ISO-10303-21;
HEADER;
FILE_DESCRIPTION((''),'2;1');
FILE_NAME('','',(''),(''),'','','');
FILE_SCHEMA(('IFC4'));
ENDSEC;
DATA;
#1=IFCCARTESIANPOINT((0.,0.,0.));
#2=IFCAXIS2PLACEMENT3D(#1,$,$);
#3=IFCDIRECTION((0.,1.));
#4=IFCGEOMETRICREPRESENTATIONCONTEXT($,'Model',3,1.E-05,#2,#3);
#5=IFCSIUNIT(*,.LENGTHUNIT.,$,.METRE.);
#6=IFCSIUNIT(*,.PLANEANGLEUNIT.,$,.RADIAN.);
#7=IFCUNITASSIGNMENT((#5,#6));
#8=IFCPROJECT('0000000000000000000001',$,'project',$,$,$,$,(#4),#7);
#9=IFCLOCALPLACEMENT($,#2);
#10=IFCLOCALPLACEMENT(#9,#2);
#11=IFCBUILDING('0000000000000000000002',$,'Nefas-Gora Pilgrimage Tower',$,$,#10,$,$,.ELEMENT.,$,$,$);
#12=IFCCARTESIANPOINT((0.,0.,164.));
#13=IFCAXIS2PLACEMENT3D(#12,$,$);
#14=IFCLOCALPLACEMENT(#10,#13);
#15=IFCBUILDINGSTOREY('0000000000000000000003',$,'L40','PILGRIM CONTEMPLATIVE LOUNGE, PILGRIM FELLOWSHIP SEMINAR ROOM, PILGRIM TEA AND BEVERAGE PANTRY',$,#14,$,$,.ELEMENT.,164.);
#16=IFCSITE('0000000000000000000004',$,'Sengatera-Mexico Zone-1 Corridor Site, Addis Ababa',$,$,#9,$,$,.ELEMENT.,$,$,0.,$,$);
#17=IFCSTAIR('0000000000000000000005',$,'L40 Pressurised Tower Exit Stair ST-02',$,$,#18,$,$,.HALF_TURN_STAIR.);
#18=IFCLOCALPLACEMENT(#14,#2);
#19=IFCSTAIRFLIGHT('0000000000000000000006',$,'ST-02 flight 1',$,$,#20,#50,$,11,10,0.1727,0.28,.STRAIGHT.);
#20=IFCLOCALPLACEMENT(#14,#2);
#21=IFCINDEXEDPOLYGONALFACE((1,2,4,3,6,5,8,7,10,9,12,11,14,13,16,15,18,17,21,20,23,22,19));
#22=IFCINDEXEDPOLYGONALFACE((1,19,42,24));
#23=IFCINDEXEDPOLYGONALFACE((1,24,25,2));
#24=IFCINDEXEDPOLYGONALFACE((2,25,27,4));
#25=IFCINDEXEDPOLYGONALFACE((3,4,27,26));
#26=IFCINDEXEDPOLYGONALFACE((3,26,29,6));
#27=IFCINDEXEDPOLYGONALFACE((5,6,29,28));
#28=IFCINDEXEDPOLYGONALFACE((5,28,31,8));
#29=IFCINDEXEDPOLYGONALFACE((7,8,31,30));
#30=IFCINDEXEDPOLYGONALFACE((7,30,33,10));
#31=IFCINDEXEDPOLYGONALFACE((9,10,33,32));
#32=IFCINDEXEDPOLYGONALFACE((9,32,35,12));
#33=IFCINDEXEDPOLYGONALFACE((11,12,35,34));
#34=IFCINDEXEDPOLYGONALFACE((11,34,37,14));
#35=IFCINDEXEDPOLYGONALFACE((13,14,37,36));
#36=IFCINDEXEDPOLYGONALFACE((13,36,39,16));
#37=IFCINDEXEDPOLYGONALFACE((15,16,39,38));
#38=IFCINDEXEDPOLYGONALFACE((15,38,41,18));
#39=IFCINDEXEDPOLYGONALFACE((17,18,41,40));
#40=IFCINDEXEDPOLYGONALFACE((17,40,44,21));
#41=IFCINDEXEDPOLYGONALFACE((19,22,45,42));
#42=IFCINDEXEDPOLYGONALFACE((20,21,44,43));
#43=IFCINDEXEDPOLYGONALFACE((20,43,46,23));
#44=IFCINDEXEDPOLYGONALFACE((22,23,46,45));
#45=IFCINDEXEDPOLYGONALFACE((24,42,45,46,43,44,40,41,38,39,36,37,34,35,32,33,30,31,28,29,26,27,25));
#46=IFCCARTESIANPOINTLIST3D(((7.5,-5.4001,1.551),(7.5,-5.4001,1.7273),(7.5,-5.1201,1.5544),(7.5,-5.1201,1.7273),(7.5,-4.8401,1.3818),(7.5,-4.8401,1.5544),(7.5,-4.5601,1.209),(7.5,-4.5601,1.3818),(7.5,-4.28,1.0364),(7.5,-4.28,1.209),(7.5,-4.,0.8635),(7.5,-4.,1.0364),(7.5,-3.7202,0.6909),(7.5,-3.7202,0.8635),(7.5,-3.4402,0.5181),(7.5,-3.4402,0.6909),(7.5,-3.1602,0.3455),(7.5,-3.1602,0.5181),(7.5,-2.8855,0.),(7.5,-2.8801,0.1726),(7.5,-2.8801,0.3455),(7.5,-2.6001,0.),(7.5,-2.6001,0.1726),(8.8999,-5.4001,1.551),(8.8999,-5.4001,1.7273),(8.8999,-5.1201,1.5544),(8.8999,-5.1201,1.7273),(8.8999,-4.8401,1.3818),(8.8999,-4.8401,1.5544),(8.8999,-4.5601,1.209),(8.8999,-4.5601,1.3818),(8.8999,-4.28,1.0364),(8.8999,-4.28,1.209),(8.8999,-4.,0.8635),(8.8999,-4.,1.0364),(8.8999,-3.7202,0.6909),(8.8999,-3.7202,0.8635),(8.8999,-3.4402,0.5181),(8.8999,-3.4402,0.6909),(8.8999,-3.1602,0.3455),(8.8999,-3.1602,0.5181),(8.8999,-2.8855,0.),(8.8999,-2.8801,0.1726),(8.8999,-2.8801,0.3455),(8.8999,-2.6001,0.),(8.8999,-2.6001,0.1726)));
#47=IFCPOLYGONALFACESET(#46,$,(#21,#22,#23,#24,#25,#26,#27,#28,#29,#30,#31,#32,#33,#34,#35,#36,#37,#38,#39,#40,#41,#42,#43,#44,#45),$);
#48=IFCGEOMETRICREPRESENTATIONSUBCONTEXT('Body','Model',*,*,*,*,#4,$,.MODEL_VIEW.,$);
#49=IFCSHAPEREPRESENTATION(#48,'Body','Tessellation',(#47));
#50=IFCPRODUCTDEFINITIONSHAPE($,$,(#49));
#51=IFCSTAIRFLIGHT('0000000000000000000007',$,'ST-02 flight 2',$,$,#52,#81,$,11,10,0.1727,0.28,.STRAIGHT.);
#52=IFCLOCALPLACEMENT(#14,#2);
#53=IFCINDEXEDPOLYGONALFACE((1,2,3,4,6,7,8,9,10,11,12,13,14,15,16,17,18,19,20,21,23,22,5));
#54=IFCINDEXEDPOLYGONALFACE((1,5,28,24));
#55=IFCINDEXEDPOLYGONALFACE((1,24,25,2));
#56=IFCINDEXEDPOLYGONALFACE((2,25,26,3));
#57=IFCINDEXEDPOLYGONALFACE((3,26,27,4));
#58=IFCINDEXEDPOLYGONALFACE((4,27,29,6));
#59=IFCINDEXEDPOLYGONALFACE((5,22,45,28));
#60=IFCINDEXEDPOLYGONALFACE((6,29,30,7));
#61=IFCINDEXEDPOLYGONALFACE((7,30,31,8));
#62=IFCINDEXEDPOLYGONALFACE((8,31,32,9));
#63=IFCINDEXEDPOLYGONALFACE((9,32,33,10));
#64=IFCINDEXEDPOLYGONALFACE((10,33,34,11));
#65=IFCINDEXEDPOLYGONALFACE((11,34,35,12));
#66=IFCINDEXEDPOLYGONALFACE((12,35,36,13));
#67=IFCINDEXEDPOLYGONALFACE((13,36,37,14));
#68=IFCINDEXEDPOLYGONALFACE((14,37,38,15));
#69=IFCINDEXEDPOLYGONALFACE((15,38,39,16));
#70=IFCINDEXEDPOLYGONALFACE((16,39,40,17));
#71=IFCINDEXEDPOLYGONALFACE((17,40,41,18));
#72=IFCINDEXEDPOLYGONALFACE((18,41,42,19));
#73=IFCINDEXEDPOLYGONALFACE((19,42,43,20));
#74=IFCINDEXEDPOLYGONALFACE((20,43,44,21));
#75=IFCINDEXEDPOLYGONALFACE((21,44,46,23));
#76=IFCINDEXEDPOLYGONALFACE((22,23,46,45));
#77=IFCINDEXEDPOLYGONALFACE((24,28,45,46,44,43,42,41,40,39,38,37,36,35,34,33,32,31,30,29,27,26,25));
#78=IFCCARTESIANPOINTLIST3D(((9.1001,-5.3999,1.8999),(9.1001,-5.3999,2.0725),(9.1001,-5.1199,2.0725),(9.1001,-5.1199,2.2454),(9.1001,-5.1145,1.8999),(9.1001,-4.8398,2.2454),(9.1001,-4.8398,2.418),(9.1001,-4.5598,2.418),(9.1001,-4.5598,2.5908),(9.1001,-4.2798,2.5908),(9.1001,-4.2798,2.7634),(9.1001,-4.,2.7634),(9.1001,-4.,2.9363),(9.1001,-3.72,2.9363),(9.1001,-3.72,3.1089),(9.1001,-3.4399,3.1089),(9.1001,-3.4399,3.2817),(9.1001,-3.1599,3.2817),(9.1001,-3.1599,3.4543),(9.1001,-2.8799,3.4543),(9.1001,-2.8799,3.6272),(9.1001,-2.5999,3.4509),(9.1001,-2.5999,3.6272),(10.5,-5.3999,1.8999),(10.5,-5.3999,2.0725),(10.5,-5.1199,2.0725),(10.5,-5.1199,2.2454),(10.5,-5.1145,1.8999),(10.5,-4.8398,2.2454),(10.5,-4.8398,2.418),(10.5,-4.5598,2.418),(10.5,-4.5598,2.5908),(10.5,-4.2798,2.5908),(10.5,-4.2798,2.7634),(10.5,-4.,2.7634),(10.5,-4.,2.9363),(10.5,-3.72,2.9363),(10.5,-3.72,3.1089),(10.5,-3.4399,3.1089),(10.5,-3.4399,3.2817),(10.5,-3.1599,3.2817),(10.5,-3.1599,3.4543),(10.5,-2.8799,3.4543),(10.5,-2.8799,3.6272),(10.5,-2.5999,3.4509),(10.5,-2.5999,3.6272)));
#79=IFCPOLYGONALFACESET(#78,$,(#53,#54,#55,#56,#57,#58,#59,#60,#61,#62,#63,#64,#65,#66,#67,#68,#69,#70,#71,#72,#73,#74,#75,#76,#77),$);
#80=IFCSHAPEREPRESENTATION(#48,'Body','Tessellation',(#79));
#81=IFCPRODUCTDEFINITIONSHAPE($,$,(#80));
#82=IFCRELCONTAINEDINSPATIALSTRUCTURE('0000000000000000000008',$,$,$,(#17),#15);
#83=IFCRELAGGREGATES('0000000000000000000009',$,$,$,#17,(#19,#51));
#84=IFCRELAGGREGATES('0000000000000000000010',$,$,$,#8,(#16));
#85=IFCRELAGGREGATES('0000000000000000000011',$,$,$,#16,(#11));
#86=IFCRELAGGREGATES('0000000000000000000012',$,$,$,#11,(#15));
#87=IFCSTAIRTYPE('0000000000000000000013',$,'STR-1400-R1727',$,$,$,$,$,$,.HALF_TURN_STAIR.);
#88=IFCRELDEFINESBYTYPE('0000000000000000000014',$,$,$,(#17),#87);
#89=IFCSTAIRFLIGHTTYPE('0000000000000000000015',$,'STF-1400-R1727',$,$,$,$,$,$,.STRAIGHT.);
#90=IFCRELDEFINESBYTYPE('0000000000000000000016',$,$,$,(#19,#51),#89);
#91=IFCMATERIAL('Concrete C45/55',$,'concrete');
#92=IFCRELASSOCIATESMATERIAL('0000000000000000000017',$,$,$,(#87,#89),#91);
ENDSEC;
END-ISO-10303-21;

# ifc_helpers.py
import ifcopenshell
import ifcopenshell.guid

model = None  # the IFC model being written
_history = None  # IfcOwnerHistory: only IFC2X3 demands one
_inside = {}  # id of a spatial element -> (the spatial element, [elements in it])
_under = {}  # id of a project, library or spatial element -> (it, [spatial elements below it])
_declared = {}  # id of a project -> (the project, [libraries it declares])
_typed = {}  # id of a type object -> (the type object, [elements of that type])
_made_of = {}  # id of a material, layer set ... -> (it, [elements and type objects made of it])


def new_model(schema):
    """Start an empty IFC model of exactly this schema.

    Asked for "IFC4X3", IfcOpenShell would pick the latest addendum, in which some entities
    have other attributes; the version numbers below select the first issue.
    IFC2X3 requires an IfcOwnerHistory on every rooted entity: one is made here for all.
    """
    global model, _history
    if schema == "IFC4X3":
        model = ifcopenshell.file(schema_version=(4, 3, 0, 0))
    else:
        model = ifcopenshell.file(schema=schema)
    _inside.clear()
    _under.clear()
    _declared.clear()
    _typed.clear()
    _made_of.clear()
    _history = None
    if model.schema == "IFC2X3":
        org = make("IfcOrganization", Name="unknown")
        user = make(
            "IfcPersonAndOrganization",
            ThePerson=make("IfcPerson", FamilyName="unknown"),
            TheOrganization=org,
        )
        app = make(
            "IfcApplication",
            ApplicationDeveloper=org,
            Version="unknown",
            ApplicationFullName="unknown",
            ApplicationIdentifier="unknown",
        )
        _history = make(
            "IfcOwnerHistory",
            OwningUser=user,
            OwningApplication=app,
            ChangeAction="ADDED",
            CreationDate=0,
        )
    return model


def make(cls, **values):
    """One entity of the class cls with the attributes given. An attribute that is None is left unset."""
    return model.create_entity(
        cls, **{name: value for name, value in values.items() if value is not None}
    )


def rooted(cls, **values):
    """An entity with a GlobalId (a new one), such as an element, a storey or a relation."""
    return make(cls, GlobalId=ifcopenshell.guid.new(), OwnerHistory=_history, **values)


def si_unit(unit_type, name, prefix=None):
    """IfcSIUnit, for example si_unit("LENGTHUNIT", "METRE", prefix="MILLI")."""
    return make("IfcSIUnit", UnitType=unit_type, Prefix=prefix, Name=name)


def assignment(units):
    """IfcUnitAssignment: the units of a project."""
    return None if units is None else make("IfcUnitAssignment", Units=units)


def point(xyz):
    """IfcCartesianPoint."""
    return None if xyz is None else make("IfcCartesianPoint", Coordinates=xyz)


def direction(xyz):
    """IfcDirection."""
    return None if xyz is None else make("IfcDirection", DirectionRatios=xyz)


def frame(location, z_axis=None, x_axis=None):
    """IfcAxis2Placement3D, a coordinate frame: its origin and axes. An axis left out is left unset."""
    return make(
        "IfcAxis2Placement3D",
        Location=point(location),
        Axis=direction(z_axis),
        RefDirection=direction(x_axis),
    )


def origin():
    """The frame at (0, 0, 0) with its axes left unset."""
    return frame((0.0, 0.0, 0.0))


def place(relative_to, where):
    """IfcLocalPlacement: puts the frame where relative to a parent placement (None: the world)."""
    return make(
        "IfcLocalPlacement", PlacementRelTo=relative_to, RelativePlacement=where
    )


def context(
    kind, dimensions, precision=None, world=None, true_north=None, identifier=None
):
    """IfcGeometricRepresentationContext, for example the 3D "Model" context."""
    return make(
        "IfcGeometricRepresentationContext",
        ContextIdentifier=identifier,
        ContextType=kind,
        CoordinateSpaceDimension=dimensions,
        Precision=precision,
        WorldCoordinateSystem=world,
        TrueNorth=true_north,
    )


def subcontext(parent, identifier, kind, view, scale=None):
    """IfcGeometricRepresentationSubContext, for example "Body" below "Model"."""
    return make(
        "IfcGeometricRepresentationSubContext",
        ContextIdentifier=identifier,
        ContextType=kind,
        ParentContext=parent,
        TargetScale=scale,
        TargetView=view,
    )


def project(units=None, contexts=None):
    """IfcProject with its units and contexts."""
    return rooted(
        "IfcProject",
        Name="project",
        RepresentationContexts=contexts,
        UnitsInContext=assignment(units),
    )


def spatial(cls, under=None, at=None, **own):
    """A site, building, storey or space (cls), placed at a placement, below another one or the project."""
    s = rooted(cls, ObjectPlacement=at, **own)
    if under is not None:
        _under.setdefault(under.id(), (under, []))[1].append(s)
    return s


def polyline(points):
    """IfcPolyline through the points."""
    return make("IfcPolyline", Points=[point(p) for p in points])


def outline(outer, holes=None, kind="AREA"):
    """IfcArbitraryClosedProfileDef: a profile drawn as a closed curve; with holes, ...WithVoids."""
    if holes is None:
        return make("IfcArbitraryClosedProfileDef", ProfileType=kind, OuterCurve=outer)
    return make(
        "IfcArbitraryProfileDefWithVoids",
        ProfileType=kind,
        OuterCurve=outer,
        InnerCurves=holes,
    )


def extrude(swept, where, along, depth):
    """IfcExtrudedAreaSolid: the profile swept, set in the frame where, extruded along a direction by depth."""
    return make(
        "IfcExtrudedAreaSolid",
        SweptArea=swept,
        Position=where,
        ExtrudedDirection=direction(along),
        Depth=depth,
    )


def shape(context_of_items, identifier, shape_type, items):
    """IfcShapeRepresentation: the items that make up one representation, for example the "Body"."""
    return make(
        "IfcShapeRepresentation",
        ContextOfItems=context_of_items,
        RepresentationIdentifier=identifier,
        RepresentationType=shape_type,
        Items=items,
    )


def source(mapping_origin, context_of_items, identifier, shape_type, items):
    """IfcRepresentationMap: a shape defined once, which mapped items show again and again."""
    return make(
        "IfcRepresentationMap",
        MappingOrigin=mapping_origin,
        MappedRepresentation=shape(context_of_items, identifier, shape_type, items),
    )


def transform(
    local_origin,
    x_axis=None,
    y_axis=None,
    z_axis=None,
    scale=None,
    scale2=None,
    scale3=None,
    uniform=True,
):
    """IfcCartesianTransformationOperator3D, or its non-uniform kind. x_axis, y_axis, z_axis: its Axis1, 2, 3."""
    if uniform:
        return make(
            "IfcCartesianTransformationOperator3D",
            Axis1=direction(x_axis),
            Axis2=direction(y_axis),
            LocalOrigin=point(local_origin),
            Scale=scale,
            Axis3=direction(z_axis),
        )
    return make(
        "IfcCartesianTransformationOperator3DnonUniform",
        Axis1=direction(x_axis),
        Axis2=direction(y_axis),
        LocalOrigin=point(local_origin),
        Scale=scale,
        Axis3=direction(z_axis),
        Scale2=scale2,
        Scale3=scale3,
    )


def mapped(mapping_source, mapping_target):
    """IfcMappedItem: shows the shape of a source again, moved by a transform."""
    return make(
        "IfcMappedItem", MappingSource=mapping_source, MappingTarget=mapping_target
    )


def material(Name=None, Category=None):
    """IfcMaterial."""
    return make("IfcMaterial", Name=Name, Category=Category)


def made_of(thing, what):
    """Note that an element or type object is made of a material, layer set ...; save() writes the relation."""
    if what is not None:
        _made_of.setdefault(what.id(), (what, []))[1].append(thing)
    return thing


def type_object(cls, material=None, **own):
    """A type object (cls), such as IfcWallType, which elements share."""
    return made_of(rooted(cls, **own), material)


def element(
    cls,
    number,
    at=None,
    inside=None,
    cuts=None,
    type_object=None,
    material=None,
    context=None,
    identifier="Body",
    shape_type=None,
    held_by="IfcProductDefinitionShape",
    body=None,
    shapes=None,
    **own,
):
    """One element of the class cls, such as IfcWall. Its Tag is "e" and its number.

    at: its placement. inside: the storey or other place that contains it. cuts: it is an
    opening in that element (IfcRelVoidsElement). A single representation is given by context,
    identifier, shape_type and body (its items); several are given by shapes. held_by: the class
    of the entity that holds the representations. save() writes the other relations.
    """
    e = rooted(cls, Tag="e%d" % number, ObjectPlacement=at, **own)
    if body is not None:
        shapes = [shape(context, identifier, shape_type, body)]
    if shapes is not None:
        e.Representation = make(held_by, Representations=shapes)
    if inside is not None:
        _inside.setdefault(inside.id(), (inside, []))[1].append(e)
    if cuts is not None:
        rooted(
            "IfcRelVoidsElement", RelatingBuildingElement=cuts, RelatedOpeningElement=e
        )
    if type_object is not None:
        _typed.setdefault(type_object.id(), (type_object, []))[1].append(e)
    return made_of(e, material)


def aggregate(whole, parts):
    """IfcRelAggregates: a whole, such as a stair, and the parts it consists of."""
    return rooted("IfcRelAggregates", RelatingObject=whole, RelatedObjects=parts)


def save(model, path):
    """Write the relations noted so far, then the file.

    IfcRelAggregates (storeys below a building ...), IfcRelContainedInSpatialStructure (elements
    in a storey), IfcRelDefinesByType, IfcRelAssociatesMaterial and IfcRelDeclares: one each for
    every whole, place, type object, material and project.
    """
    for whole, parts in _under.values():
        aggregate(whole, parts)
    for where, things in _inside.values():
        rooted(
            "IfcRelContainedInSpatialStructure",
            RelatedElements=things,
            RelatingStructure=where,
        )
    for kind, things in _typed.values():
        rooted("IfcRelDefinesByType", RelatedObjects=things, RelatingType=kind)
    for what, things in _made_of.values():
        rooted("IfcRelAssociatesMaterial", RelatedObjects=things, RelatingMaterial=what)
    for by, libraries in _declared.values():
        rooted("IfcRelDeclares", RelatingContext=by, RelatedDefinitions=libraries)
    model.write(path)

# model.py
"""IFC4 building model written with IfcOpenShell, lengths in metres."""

from ifc_helpers import new_model, si_unit, direction, frame, origin, place, context, subcontext, project, spatial, polyline, outline, extrude, source, transform, mapped, material, type_object, element, aggregate, save


model = new_model("IFC4")

# Units and contexts
model_context = context("Model", 3, precision=1e-05, world=origin(), true_north=direction((0.0, 1.0)))
body_context = subcontext(model_context, "Body", "Model", "MODEL_VIEW")
ifc_project = project(units=[si_unit("LENGTHUNIT", "METRE"), si_unit("PLANEANGLEUNIT", "RADIAN")], contexts=[model_context])

# Site, building, storey
site_placement = place(None, origin())
site = spatial("IfcSite", under=ifc_project, at=site_placement, Name="Sengatera-Mexico Zone-1 Corridor Site, Addis Ababa", CompositionType="ELEMENT", RefElevation=0.0)
building_placement = place(site_placement, origin())
building = spatial("IfcBuilding", under=site, at=building_placement, Name="Nefas-Gora Pilgrimage Tower", CompositionType="ELEMENT")
storey_placement = place(building_placement, frame((0.0, 0.0, 164.0)))
storey = spatial("IfcBuildingStorey", under=building, at=storey_placement, Name="L40", Description="PILGRIM CONTEMPLATIVE LOUNGE, PILGRIM FELLOWSHIP SEMINAR ROOM, PILGRIM TEA AND BEVERAGE PANTRY", CompositionType="ELEMENT", Elevation=164.0)

# Shared definitions
ifc_material_1 = material(Name="Concrete C45/55", Category="concrete")

# Stair, stair flights
stair_type = type_object("IfcStairType", Name="STR-1400-R1727", PredefinedType="HALF_TURN_STAIR", material=ifc_material_1)
stair_placement = place(storey_placement, origin())
stair = element("IfcStair", 1, at=stair_placement, inside=storey, type_object=stair_type, Name="L40 Pressurised Tower Exit Stair ST-02", PredefinedType="HALF_TURN_STAIR")
stair_flight_type = type_object("IfcStairFlightType", Name="STF-1400-R1727", PredefinedType="STRAIGHT", material=ifc_material_1)
shared_shape_1 = source(origin(), body_context, "Body", "SweptSolid", [
    extrude(outline(polyline([(0.0, 0.0), (0.0, 0.1726), (0.28, 0.1726), (0.28, 0.3455), (0.5601, 0.3455), (0.5601, 0.5181), (0.8401, 0.5181), (0.8401, 0.6909), (1.1201, 0.6909), (1.1201, 0.8635), (1.3999, 0.8635), (1.3999, 1.0364), (1.6799, 1.0364), (1.6799, 1.209), (1.96, 1.209), (1.96, 1.3818), (2.24, 1.3818), (2.24, 1.5544), (2.52, 1.5544), (2.52, 1.7273), (2.8, 1.7273), (2.8, 1.8999), (2.8, 1.551), (0.2854, 0.0), (0.0, 0.0)])), frame((0.0, 0.7, 0.0), z_axis=(0.0, -1.0, 0.0), x_axis=(1.0, 0.0, 0.0)), (0.0, 0.0, 1.0), 1.3999),
])
stair_flight_1_placement = place(storey_placement, frame((8.2, -2.6001, 0.0), z_axis=(0.0, 0.0, 1.0), x_axis=(0.0, -1.0, 0.0)))
stair_flight_1 = element("IfcStairFlight", 2, at=stair_flight_1_placement, type_object=stair_flight_type, Name="ST-02 flight 1", NumberOfRisers=11, NumberOfTreads=10, PredefinedType="STRAIGHT", RiserHeight=0.1727, TreadLength=0.28, context=body_context, shape_type="MappedRepresentation", body=[
    mapped(shared_shape_1, transform((0.0, 0.0, 0.0), x_axis=(1.0, 0.0, 0.0), y_axis=(0.0, 1.0, 0.0), z_axis=(0.0, 0.0, 1.0), scale=1.0)),
])
stair_flight_2_placement = place(storey_placement, frame((9.8, -5.3999, 1.8999), z_axis=(0.0, 0.0, 1.0), x_axis=(0.0, 1.0, 0.0)))
stair_flight_2 = element("IfcStairFlight", 3, at=stair_flight_2_placement, type_object=stair_flight_type, Name="ST-02 flight 2", NumberOfRisers=11, NumberOfTreads=10, PredefinedType="STRAIGHT", RiserHeight=0.1727, TreadLength=0.28, context=body_context, shape_type="MappedRepresentation", body=[
    mapped(shared_shape_1, transform((0.0, 0.0, 0.0), x_axis=(1.0, 0.0, 0.0), y_axis=(0.0, 1.0, 0.0), z_axis=(0.0, 0.0, 1.0), scale=1.0)),
])
aggregate(stair, [stair_flight_1, stair_flight_2])

save(model, "model.ifc")
